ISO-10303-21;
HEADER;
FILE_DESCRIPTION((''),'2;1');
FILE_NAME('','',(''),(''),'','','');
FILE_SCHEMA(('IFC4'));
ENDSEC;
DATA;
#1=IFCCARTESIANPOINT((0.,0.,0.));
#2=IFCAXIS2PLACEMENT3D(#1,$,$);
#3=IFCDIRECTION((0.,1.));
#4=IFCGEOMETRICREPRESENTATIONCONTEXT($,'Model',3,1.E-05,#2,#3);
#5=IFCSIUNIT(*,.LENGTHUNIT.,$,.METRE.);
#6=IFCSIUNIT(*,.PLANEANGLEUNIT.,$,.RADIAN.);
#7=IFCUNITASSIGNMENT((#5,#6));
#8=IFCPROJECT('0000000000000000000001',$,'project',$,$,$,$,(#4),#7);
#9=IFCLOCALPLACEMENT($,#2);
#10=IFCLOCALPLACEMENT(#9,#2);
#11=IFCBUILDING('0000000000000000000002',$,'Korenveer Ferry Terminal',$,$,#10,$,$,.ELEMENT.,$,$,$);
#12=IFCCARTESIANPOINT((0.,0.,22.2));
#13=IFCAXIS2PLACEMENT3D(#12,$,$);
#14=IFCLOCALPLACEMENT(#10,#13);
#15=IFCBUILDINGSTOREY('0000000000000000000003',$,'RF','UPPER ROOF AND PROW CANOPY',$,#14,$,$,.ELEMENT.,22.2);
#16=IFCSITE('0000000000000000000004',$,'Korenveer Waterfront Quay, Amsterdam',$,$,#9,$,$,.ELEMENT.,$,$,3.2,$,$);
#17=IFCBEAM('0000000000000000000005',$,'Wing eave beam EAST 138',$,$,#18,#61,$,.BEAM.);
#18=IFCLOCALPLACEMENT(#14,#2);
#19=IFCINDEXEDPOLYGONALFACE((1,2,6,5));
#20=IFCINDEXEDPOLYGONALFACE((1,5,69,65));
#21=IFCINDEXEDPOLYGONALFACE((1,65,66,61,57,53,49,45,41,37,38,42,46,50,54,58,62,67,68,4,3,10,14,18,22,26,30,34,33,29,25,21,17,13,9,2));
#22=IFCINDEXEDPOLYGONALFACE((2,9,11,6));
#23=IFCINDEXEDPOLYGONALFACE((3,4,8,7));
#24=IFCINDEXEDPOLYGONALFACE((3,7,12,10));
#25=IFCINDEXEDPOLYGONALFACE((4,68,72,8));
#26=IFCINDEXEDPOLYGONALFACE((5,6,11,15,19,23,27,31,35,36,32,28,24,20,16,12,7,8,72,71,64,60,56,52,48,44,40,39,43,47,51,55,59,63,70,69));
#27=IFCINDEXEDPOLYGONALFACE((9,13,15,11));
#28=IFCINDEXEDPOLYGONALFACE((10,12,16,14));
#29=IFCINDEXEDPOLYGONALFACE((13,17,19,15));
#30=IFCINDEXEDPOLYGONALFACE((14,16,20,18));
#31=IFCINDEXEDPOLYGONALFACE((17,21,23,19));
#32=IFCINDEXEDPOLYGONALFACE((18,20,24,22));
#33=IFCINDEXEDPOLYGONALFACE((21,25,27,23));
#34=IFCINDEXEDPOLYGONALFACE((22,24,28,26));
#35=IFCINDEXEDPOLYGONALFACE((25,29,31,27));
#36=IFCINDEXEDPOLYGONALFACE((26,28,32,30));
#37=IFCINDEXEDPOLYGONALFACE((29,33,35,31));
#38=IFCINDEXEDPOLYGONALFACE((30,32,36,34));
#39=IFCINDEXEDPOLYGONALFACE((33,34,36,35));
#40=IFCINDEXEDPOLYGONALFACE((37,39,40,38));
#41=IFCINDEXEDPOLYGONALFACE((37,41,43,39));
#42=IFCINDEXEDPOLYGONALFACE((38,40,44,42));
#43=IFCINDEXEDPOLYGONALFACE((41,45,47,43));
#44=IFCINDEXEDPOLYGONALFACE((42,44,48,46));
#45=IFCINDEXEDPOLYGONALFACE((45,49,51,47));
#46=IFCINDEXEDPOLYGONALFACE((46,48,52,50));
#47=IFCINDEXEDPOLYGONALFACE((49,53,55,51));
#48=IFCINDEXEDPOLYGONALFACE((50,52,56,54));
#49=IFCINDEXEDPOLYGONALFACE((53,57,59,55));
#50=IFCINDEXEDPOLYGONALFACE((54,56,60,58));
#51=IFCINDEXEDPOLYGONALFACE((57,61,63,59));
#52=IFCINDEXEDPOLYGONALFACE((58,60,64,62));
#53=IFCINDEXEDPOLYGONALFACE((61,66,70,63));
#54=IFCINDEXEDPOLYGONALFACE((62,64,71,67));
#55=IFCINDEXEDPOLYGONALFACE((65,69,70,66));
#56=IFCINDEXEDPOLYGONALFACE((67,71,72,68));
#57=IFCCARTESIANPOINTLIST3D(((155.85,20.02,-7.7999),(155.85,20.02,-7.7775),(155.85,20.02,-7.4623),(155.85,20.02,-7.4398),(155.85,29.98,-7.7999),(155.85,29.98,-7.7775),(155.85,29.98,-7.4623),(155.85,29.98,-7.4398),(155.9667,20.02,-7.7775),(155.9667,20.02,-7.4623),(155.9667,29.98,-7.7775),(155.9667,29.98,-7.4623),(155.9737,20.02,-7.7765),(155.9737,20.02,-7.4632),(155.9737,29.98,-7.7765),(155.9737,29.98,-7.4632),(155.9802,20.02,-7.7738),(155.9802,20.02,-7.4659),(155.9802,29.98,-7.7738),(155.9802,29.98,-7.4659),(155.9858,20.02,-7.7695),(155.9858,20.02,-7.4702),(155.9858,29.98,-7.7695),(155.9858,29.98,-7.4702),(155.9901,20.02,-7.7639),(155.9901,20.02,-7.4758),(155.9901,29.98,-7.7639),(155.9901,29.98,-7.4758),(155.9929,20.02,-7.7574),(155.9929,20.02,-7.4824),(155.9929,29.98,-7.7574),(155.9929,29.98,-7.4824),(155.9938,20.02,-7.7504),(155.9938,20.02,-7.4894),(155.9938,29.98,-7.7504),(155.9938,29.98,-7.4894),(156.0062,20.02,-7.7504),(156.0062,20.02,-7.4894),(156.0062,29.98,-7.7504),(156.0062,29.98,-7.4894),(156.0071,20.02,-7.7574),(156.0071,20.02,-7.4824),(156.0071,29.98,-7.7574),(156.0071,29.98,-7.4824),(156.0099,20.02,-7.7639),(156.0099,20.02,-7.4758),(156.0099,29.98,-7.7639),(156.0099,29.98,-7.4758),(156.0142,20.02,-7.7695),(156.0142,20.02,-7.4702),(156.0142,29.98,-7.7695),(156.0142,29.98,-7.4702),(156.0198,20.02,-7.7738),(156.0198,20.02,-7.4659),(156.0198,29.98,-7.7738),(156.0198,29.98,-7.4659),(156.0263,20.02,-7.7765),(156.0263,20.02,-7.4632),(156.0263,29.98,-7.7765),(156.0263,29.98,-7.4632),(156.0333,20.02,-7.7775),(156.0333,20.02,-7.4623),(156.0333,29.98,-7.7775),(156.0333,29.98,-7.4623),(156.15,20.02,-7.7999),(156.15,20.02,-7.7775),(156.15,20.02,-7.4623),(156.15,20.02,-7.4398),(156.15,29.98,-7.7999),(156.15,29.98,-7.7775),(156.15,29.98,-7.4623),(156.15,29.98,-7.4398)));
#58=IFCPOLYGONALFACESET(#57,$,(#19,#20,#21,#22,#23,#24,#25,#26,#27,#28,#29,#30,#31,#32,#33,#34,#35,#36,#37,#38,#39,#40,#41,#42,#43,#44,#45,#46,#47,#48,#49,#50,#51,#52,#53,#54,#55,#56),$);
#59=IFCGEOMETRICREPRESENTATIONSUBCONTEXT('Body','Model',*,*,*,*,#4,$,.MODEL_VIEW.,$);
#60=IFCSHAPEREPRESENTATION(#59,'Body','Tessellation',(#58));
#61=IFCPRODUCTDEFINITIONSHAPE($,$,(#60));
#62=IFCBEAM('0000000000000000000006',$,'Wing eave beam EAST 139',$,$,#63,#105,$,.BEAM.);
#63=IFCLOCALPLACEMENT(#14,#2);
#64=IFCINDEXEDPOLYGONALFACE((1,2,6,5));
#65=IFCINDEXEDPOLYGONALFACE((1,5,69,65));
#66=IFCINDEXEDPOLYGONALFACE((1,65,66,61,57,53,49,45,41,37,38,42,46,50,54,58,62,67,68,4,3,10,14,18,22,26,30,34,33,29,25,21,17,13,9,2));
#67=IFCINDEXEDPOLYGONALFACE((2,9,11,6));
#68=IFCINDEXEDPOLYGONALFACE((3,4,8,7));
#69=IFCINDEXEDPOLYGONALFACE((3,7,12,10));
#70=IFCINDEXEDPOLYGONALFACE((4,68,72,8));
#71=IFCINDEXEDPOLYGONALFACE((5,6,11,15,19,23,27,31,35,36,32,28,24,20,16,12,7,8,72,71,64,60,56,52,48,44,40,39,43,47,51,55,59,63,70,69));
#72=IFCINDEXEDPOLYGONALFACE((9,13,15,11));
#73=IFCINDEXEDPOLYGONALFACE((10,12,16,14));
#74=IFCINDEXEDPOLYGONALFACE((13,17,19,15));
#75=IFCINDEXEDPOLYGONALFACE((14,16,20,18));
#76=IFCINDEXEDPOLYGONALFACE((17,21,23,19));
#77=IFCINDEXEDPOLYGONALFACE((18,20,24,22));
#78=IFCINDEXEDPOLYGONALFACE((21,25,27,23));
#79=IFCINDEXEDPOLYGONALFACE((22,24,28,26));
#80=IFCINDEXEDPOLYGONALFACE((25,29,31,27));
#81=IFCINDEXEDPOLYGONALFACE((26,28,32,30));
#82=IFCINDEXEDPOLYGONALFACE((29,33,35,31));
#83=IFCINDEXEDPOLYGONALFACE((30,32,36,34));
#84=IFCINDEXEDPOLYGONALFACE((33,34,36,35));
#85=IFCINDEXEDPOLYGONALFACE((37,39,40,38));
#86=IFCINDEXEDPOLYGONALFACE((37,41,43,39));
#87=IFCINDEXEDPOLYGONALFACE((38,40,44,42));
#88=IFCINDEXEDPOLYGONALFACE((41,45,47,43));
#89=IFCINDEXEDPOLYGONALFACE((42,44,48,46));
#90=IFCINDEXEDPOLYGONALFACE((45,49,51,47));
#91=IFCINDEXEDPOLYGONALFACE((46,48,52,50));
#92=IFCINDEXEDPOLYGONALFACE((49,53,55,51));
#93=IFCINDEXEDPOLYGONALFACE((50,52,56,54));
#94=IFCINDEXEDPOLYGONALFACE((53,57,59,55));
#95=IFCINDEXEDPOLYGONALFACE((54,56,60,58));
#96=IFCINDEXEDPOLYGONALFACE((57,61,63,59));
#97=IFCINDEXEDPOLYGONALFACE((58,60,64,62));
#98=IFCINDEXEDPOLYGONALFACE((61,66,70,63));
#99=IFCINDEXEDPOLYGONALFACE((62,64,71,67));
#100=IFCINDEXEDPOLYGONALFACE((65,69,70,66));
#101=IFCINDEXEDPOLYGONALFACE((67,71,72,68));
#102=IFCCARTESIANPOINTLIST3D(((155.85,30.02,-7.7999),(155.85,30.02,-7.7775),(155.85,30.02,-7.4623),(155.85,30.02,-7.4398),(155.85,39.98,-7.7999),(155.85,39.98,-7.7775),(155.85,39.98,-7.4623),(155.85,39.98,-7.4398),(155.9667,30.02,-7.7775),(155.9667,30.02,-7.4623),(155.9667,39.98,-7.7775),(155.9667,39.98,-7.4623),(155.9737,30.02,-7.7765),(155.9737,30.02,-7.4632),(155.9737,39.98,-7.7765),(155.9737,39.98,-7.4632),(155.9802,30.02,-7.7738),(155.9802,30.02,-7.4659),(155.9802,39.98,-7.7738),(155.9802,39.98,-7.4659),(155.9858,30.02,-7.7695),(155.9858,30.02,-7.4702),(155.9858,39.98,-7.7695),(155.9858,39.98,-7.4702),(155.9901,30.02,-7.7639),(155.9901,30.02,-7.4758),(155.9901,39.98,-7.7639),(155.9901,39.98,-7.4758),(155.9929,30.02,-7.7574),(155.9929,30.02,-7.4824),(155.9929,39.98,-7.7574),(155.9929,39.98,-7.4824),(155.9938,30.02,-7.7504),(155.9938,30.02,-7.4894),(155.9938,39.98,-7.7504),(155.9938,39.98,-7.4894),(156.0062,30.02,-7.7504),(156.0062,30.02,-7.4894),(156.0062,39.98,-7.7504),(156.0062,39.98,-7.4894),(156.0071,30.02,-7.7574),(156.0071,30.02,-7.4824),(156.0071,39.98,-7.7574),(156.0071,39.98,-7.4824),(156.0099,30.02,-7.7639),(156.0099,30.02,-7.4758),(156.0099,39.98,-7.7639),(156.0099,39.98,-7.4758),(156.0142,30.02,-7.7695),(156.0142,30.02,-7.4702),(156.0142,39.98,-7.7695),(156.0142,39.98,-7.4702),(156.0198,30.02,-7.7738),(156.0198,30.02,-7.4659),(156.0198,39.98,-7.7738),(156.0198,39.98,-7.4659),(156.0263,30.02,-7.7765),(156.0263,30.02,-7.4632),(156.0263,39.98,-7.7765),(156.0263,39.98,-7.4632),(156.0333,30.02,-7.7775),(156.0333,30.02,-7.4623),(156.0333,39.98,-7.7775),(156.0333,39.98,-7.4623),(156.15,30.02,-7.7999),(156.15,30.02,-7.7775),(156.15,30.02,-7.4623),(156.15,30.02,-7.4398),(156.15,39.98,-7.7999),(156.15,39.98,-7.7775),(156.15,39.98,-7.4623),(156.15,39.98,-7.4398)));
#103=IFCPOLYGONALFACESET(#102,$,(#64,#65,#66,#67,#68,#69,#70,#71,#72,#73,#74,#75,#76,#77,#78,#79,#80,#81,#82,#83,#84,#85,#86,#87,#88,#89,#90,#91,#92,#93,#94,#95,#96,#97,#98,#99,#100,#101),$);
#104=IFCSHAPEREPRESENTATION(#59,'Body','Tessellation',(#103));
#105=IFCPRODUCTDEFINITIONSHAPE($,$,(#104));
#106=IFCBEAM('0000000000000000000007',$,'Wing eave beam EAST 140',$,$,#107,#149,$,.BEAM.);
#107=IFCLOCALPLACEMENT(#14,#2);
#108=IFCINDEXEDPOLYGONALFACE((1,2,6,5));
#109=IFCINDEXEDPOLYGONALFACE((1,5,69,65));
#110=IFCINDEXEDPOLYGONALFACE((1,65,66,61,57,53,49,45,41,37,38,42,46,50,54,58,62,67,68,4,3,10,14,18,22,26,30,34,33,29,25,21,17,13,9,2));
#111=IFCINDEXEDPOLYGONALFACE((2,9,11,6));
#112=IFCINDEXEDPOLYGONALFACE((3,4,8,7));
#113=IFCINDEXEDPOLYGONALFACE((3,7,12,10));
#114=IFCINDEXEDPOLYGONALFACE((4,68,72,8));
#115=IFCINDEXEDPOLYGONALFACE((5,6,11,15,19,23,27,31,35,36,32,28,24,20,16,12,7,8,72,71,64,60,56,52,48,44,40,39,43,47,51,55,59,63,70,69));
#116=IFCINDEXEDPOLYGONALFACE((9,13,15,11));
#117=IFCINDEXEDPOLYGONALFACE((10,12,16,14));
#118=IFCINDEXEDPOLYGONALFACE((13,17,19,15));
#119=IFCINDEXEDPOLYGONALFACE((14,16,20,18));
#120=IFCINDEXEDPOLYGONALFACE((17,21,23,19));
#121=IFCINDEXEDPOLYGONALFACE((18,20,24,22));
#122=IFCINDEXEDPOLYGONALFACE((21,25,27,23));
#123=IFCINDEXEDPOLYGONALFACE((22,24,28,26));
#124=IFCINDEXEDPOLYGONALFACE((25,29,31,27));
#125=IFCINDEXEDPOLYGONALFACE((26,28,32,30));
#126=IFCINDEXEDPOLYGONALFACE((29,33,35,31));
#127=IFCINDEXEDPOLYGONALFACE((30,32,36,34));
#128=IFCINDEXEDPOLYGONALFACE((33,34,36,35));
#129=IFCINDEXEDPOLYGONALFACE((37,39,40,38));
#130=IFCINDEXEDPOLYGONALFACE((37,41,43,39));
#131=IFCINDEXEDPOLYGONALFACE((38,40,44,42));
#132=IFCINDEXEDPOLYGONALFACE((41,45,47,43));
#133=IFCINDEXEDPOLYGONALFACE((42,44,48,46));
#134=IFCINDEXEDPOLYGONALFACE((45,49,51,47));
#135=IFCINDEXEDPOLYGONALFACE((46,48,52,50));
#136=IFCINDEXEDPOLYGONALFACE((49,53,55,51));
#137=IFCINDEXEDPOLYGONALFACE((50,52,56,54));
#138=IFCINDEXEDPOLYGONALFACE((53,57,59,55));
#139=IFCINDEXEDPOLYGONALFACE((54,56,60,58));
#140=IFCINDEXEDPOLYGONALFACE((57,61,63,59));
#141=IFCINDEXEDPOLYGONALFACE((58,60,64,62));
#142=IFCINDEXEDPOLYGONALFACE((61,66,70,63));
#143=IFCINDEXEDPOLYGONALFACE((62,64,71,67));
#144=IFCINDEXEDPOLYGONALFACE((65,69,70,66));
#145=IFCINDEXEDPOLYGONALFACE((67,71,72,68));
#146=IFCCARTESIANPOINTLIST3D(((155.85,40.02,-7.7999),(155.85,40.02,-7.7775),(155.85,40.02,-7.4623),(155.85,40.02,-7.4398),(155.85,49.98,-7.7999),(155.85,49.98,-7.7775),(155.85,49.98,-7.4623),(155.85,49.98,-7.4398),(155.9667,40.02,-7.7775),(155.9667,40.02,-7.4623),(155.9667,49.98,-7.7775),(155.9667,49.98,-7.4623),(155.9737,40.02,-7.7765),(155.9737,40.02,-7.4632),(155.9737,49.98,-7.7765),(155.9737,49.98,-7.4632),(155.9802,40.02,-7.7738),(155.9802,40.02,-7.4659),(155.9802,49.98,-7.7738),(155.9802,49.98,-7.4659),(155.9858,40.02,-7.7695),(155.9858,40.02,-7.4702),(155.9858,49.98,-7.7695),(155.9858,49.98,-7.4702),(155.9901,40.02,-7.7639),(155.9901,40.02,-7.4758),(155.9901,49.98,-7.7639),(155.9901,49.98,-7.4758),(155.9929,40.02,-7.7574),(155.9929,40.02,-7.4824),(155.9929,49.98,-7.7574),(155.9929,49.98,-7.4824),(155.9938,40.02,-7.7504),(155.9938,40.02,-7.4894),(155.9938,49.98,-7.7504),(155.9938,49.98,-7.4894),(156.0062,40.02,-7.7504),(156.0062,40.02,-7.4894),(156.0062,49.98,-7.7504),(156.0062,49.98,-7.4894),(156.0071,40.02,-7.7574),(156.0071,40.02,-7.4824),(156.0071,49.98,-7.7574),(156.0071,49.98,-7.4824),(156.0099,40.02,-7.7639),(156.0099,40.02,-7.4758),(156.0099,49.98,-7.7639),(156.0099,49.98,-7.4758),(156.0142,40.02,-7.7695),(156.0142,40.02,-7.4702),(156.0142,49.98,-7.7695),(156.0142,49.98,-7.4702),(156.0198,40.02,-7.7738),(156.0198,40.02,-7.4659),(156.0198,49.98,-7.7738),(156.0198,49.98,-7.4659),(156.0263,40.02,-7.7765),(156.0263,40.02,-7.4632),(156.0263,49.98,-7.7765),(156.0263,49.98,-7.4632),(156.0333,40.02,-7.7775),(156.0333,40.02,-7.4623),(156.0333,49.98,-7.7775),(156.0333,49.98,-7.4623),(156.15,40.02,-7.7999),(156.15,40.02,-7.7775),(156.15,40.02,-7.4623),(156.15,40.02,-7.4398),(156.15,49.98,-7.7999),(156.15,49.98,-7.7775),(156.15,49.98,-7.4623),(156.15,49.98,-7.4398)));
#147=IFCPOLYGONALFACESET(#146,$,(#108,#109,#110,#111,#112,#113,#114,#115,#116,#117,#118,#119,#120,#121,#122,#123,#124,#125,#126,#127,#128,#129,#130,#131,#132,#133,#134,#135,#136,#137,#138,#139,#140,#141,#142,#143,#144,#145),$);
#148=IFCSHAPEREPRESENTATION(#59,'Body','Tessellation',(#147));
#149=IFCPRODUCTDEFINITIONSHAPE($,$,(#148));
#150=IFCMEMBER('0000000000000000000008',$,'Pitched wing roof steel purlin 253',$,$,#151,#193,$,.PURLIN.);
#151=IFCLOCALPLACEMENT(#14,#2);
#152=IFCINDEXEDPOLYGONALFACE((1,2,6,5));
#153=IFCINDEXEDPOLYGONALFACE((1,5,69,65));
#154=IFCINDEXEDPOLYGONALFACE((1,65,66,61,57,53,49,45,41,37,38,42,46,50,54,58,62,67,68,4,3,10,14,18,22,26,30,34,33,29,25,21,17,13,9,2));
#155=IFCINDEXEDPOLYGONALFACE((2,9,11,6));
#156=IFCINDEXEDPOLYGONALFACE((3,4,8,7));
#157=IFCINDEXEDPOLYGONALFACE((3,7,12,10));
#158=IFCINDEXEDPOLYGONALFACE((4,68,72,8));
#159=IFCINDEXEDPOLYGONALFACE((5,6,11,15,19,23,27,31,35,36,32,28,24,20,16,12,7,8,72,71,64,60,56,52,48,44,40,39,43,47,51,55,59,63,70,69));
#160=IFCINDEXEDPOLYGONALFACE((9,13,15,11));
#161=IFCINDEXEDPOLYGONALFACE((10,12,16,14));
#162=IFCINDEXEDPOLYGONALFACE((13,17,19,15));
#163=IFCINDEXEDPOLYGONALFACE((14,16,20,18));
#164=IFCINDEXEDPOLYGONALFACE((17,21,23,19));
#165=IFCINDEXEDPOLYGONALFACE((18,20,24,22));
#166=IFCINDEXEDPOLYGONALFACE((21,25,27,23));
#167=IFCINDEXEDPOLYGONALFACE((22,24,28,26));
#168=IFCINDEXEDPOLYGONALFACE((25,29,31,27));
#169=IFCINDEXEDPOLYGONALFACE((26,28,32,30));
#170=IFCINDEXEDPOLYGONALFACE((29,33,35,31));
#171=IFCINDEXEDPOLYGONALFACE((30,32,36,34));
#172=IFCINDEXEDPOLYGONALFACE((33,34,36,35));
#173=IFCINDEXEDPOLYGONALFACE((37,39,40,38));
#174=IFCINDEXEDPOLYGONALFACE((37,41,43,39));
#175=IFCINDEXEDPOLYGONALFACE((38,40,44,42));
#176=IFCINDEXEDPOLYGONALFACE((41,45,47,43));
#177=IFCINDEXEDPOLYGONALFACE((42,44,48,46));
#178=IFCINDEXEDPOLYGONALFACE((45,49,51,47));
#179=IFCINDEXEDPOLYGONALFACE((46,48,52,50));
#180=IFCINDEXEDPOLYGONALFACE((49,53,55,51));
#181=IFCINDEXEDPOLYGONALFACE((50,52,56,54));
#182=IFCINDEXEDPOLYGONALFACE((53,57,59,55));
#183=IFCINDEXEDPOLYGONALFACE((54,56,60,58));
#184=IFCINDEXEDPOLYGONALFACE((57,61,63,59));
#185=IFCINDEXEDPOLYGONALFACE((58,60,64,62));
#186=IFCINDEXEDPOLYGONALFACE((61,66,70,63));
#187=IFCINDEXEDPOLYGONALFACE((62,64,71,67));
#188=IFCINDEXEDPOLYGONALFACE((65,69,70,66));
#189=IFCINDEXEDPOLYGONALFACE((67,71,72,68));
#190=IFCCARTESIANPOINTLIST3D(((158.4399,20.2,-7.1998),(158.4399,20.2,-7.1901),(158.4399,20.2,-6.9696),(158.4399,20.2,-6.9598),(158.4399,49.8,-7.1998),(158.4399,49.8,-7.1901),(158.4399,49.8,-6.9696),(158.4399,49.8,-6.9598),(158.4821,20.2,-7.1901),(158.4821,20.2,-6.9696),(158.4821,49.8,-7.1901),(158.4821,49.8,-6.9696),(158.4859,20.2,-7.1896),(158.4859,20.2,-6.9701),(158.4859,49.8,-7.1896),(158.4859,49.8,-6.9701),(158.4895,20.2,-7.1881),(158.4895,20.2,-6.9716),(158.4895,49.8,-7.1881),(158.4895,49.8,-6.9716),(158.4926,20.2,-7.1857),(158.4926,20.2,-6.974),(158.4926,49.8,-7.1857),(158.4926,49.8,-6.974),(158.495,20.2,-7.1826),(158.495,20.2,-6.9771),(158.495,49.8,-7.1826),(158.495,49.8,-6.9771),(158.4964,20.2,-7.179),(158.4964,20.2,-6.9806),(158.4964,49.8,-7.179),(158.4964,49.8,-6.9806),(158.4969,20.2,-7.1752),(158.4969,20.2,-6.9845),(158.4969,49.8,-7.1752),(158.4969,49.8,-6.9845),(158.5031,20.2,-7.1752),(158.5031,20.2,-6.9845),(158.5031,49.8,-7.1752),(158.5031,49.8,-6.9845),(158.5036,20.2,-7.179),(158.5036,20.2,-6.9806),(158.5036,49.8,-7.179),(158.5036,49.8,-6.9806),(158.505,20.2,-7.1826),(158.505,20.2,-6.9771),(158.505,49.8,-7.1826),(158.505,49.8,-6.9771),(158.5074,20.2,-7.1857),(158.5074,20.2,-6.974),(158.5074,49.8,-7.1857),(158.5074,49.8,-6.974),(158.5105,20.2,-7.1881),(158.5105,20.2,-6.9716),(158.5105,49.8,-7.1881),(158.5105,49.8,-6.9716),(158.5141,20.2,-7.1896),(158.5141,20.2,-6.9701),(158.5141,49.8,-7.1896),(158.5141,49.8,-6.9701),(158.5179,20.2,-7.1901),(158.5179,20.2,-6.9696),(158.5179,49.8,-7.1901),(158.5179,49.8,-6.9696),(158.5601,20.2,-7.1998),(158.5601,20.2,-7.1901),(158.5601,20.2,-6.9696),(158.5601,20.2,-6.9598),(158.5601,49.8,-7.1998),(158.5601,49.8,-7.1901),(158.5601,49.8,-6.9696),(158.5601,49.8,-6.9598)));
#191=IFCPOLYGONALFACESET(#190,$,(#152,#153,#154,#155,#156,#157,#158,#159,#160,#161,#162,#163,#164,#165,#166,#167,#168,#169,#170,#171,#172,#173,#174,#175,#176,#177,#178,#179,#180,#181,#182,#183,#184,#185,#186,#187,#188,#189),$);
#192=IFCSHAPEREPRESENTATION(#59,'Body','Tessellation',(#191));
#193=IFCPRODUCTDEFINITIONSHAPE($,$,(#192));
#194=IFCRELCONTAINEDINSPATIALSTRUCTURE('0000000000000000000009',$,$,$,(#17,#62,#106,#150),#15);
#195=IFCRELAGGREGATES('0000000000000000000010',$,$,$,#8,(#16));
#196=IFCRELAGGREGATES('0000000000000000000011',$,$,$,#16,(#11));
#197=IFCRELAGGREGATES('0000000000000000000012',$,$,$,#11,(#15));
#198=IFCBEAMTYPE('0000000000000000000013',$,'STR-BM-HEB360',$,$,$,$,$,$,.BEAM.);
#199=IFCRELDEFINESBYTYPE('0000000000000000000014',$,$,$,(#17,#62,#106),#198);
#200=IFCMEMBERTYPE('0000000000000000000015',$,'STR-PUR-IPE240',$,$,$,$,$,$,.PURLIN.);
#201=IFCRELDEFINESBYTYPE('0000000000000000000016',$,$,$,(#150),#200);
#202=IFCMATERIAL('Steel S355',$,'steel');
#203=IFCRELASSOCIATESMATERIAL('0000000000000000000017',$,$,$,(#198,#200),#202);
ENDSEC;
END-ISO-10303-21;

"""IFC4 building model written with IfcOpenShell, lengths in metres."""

from ifc_helpers import new_model, si_unit, direction, frame, origin, origin_2d, place, context, subcontext, project, spatial, i_section, extrude, material, material_profile, profile_set, type_object, element, save


model = new_model("IFC4")

# Units and contexts
model_context = context("Model", 3, precision=1e-05, world=origin(), true_north=direction((0.0, 1.0)))
body_context = subcontext(model_context, "Body", "Model", "MODEL_VIEW")
ifc_project = project(units=[si_unit("LENGTHUNIT", "METRE"), si_unit("PLANEANGLEUNIT", "RADIAN")], contexts=[model_context])

# Site, building, storey
site_placement = place(None, origin())
site = spatial("IfcSite", under=ifc_project, at=site_placement, Name="Korenveer Waterfront Quay, Amsterdam", CompositionType="ELEMENT", RefElevation=3.2)
building_placement = place(site_placement, origin())
building = spatial("IfcBuilding", under=site, at=building_placement, Name="Korenveer Ferry Terminal", CompositionType="ELEMENT")
storey_placement = place(building_placement, frame((0.0, 0.0, 22.2)))
storey = spatial("IfcBuildingStorey", under=building, at=storey_placement, Name="RF", Description="UPPER ROOF AND PROW CANOPY", CompositionType="ELEMENT", Elevation=22.2)

# Beams
ifc_material_1 = material(Name="Steel S355", Category="steel")
ifc_material_profile_1 = material_profile(ifc_material_1, i_section(OverallWidth=0.3, OverallDepth=0.3601, WebThickness=0.0125, FlangeThickness=0.0225, FilletRadius=0.0271, at=origin_2d()), Name="HEB 360")
ifc_profile_set_1 = profile_set([ifc_material_profile_1], Name="Steel S355")
beam_type_1 = type_object("IfcBeamType", Name="STR-BM-HEB360", PredefinedType="BEAM", material=ifc_profile_set_1)
for number, where, z_axis, x_axis, name in (
    (1, (156.0, 20.02, -7.6199), (0.0, 1.0, 0.0), (-1.0, 0.0, 0.0), "Wing eave beam EAST 138"),
    (2, (156.0, 30.02, -7.6199), (0.0, 1.0, 0.0), (-1.0, 0.0, 0.0), "Wing eave beam EAST 139"),
    (3, (156.0, 40.02, -7.6199), (0.0, 1.0, 0.0), (-1.0, 0.0, 0.0), "Wing eave beam EAST 140"),
):
    element("IfcBeam", number, at=place(storey_placement, frame(where, z_axis=z_axis, x_axis=x_axis)), inside=storey, type_object=beam_type_1, Name=name, PredefinedType="BEAM", context=body_context, shape_type="SweptSolid", body=[
        extrude(i_section(OverallWidth=0.3, OverallDepth=0.3601, WebThickness=0.0125, FlangeThickness=0.0225, FilletRadius=0.0271, at=origin_2d()), origin(), (0.0, 0.0, 1.0), 9.96),
    ])

# Member
ifc_material_profile_2 = material_profile(ifc_material_1, i_section(OverallWidth=0.1201, OverallDepth=0.24, WebThickness=0.0061, FlangeThickness=0.0098, FilletRadius=0.0149, at=origin_2d()), Name="IPE 240")
ifc_profile_set_2 = profile_set([ifc_material_profile_2], Name="Steel S355")
member_type_1 = type_object("IfcMemberType", Name="STR-PUR-IPE240", PredefinedType="PURLIN", material=ifc_profile_set_2)
for number, where, z_axis, x_axis, name in (
    (4, (158.5, 20.2, -7.0798), (0.0, 1.0, 0.0), (-1.0, 0.0, 0.0), "Pitched wing roof steel purlin 253"),
):
    element("IfcMember", number, at=place(storey_placement, frame(where, z_axis=z_axis, x_axis=x_axis)), inside=storey, type_object=member_type_1, Name=name, PredefinedType="PURLIN", context=body_context, shape_type="SweptSolid", body=[
        extrude(i_section(OverallWidth=0.1201, OverallDepth=0.24, WebThickness=0.0061, FlangeThickness=0.0098, FilletRadius=0.0149, at=origin_2d()), origin(), (0.0, 0.0, 1.0), 29.6001),
    ])

save(model, "model.ifc")
